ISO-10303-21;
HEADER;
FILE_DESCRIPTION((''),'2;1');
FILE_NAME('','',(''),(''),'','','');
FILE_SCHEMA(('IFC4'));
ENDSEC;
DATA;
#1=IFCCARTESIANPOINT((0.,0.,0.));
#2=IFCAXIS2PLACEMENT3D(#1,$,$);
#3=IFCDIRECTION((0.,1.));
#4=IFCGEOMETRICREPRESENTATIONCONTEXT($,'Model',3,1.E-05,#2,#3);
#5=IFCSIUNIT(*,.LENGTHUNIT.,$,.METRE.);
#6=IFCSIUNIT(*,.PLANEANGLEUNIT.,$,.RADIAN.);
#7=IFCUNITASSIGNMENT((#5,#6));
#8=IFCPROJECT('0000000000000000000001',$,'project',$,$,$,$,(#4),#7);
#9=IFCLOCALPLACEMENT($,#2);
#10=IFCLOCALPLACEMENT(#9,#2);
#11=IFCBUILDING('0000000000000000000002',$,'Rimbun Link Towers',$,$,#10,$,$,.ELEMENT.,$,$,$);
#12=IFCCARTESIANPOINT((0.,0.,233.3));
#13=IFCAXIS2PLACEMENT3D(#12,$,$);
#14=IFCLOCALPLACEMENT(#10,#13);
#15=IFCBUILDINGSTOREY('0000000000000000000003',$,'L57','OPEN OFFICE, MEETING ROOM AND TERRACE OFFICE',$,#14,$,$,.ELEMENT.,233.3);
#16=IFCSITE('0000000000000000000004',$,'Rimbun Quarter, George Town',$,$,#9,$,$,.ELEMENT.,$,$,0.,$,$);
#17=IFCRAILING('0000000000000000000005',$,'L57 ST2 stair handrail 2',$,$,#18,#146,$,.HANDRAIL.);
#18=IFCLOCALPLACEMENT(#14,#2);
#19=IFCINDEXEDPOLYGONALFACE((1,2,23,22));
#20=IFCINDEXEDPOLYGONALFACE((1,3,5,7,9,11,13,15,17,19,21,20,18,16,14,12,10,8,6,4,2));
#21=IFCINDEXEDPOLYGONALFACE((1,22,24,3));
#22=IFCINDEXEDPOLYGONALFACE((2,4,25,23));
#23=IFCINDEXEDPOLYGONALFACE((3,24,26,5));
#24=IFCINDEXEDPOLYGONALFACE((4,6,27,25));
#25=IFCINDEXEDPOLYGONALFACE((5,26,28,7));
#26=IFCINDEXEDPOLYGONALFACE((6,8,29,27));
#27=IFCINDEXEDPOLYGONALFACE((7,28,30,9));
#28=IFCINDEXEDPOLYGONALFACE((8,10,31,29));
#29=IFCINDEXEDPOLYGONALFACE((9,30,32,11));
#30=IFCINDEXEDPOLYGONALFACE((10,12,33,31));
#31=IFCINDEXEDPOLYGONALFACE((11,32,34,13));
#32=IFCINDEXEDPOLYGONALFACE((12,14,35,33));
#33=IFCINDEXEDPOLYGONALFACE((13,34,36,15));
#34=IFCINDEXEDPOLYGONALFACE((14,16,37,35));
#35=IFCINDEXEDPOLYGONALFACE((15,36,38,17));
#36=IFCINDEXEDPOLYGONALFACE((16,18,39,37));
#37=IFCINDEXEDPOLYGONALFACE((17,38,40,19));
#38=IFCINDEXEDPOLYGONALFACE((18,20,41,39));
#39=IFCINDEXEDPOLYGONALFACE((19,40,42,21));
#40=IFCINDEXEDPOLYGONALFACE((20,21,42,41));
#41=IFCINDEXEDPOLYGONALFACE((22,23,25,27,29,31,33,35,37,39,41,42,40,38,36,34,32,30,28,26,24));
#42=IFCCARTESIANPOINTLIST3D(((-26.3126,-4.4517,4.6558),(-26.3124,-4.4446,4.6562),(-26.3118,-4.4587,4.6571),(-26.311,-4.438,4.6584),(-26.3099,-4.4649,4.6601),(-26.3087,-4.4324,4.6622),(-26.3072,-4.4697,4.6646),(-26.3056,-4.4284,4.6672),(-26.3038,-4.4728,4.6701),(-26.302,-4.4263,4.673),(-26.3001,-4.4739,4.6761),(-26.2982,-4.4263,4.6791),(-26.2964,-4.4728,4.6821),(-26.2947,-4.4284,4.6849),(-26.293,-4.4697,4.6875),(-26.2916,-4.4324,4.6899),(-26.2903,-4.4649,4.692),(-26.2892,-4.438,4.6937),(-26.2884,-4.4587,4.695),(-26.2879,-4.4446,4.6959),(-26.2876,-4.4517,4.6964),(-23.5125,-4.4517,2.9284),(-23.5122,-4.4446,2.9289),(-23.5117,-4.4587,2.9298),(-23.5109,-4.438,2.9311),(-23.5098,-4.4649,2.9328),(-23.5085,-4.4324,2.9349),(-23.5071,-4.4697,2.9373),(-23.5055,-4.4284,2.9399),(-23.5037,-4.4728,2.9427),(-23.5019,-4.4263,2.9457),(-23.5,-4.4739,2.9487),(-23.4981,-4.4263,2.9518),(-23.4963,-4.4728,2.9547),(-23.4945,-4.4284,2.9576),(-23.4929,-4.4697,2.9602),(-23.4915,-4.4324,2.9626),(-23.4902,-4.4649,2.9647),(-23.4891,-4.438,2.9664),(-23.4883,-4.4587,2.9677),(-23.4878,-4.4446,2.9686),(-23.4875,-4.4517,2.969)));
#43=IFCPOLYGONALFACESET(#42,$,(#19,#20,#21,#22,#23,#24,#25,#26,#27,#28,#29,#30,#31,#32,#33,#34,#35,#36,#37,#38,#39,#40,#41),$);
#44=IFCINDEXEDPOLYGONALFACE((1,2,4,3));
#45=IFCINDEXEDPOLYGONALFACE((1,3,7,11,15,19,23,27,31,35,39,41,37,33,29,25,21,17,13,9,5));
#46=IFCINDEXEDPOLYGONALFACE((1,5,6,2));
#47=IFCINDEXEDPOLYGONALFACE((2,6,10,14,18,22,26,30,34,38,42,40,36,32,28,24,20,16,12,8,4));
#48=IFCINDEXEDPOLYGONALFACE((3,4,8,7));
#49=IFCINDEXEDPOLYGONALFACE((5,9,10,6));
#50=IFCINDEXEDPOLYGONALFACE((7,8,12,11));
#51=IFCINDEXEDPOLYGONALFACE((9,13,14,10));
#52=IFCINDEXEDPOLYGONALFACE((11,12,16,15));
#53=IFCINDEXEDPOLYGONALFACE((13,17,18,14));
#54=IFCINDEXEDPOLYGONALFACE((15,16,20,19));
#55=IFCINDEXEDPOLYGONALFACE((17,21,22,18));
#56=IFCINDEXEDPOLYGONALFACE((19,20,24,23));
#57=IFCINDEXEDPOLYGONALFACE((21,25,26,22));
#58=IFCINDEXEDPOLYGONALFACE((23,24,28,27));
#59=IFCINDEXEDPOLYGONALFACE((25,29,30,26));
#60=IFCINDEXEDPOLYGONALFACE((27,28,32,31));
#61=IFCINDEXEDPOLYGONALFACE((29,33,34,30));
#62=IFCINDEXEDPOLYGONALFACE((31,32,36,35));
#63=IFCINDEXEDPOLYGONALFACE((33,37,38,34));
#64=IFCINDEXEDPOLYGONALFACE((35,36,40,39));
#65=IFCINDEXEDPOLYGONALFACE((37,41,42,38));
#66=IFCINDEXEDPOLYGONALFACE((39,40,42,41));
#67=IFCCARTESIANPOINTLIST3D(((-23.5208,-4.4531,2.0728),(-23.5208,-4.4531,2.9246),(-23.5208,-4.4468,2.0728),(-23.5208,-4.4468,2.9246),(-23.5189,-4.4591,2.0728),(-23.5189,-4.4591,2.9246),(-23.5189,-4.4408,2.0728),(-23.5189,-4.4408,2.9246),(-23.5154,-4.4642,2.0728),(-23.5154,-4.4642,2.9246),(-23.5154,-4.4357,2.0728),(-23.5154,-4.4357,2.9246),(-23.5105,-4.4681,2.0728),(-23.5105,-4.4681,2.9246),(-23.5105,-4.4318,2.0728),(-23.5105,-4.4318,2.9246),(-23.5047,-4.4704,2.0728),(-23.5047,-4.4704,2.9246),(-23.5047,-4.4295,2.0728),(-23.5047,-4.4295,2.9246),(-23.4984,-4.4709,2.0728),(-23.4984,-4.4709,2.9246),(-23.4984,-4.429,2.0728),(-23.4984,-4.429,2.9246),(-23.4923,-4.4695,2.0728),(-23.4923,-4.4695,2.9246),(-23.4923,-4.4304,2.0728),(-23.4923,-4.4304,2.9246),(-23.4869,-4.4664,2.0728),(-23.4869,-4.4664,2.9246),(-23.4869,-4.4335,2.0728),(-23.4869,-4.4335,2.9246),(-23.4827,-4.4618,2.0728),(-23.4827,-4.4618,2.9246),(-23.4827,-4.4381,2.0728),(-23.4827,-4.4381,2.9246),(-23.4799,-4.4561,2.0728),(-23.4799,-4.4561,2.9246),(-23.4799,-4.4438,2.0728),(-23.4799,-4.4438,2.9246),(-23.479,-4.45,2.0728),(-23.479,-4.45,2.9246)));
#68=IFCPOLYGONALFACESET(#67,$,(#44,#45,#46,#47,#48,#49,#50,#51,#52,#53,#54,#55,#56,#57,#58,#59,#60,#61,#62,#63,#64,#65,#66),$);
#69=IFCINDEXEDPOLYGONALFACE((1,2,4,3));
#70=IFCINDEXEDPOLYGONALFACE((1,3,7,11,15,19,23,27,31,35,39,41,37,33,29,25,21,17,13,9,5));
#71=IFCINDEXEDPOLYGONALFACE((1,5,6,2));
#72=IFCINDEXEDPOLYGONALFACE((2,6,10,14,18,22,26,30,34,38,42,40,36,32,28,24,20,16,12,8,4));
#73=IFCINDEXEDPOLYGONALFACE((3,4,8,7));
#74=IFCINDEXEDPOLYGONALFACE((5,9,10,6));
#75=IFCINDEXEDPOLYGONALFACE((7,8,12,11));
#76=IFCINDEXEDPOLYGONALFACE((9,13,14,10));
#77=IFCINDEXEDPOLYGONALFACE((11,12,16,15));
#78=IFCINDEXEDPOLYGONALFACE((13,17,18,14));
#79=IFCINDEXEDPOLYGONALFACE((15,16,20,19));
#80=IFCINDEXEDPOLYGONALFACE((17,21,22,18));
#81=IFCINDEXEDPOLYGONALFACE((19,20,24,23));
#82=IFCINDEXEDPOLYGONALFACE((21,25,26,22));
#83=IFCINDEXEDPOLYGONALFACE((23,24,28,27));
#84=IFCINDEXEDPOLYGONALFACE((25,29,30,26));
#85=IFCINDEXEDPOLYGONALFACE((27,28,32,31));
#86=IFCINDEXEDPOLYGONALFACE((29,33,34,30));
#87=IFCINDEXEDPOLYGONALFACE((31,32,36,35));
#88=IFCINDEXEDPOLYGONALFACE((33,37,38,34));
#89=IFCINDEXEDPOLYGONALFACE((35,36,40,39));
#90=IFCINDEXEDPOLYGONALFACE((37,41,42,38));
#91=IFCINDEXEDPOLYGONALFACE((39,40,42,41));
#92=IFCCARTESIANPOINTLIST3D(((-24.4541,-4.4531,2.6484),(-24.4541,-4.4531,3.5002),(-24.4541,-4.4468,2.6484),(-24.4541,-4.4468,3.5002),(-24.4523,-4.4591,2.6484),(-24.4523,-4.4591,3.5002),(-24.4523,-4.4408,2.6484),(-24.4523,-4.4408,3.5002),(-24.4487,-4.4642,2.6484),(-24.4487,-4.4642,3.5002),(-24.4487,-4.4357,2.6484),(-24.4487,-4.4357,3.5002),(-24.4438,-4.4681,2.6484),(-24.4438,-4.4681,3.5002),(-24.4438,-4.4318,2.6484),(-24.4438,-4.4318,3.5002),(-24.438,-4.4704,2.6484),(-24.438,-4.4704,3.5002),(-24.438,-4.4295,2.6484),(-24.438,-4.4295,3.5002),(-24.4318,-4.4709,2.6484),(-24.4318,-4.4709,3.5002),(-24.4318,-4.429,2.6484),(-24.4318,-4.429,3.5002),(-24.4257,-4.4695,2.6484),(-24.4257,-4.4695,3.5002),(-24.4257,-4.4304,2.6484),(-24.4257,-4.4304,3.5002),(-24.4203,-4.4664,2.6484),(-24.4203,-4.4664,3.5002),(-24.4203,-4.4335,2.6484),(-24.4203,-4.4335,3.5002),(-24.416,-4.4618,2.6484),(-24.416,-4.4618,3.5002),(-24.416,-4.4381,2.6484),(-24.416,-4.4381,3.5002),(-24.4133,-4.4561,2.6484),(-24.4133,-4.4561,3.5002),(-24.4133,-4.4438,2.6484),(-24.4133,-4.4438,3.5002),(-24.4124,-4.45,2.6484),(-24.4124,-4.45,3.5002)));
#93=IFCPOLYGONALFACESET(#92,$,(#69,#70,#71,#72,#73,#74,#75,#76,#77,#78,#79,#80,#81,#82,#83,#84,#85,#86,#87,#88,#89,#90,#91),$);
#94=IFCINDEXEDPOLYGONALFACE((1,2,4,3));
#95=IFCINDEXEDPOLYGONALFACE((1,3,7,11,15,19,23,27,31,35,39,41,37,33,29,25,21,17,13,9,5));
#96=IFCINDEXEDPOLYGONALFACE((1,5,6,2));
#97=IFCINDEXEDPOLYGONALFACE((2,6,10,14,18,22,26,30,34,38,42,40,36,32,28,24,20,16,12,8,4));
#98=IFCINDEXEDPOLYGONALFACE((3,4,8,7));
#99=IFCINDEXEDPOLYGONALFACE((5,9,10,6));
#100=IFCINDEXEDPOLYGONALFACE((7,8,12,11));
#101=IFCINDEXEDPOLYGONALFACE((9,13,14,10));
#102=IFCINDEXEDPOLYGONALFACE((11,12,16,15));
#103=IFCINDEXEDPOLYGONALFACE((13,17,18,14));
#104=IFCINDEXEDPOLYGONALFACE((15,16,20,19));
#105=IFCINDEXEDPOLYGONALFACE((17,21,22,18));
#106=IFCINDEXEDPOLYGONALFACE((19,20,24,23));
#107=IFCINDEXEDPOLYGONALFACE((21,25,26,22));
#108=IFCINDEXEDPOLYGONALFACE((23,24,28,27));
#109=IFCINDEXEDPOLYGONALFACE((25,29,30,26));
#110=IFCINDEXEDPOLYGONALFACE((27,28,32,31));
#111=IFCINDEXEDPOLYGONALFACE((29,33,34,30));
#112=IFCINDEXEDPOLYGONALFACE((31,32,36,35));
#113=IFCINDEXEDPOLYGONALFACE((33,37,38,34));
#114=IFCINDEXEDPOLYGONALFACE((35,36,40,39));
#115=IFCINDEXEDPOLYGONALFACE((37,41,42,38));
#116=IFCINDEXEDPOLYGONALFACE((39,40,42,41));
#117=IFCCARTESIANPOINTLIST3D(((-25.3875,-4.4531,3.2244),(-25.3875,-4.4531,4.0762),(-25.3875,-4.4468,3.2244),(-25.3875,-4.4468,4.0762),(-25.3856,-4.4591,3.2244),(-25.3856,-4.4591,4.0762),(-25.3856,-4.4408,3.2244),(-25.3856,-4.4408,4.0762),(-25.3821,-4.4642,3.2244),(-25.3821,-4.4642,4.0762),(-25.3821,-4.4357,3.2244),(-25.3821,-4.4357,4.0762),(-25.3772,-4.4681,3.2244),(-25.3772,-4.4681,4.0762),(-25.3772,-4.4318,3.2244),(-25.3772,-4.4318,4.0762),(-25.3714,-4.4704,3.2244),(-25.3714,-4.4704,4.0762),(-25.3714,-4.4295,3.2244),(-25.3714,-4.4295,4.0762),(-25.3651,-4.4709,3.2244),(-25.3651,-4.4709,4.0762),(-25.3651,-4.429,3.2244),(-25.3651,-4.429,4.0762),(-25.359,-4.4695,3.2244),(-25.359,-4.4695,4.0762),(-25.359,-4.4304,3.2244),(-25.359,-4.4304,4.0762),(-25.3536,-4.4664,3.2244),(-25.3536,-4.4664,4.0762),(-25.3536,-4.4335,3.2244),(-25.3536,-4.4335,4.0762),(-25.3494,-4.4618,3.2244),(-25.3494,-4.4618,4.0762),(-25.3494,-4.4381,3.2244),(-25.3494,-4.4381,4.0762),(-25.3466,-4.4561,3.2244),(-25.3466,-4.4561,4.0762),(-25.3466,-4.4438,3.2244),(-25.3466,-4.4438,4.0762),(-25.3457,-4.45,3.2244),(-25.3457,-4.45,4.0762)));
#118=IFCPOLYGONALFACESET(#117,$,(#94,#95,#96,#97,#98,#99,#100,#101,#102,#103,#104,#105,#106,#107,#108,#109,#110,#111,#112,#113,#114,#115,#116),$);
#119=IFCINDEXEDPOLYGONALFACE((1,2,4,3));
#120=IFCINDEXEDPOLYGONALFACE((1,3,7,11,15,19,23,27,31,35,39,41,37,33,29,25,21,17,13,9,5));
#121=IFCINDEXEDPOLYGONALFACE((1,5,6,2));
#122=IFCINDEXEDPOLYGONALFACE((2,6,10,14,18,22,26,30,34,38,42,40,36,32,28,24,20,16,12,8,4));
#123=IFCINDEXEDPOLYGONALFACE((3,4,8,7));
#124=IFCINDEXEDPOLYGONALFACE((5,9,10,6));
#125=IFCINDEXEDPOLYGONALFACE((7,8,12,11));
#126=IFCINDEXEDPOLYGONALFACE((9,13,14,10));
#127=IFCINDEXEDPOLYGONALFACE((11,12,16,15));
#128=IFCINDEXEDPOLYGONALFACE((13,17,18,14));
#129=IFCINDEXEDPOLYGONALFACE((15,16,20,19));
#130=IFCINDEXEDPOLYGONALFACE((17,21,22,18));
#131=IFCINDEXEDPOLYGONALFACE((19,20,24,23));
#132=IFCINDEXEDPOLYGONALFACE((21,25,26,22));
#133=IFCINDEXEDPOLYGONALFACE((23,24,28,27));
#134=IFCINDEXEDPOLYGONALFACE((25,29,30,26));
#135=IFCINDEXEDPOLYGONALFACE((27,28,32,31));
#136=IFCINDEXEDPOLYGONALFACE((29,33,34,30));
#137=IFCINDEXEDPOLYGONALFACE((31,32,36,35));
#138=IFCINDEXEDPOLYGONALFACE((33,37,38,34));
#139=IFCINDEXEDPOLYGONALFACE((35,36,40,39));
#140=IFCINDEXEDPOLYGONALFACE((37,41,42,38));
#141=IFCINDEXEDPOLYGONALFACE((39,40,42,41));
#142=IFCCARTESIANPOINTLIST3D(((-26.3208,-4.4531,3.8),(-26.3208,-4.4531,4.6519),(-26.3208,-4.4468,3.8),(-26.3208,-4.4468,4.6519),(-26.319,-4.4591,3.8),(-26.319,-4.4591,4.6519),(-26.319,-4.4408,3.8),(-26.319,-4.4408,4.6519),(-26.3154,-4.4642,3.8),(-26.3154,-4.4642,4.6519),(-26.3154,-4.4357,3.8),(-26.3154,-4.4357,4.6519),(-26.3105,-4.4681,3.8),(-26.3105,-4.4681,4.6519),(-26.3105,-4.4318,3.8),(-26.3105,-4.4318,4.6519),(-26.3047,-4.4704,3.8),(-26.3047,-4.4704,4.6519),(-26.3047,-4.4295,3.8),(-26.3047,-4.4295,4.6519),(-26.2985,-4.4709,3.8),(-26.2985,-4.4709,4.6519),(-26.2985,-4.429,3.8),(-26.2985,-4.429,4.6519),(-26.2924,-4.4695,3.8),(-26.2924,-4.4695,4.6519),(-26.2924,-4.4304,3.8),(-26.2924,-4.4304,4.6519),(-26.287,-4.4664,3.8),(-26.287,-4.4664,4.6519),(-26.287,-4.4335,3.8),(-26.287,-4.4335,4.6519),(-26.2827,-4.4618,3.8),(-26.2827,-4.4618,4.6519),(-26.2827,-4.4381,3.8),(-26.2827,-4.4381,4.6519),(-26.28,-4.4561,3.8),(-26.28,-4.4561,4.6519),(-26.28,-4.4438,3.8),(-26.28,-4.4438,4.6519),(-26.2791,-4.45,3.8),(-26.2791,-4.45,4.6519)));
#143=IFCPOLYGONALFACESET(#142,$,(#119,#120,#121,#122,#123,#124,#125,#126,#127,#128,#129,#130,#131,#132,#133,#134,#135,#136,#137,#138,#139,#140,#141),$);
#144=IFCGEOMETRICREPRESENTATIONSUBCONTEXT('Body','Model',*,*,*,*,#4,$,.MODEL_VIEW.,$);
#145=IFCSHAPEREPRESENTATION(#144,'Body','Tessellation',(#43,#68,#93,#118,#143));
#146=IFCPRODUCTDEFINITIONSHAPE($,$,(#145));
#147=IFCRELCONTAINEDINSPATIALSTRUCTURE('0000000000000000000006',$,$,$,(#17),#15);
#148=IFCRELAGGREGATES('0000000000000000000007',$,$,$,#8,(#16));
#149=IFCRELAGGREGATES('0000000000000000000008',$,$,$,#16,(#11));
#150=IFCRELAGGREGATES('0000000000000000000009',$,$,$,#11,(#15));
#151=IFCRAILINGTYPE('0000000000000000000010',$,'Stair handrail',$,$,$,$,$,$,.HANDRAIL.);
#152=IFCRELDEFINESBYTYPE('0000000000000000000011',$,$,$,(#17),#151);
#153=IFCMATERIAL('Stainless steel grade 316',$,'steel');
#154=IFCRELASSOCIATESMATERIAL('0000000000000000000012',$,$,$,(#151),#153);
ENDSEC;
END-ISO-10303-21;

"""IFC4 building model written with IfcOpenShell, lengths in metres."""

from ifc_helpers import new_model, si_unit, direction, frame, origin, origin_2d, place, context, subcontext, project, spatial, circle, extrude, material, type_object, element, save


model = new_model("IFC4")

# Units and contexts
model_context = context("Model", 3, precision=1e-05, world=origin(), true_north=direction((0.0, 1.0)))
body_context = subcontext(model_context, "Body", "Model", "MODEL_VIEW")
ifc_project = project(units=[si_unit("LENGTHUNIT", "METRE"), si_unit("PLANEANGLEUNIT", "RADIAN")], contexts=[model_context])

# Site, building, storey
site_placement = place(None, origin())
site = spatial("IfcSite", under=ifc_project, at=site_placement, Name="Rimbun Quarter, George Town", CompositionType="ELEMENT", RefElevation=0.0)
building_placement = place(site_placement, origin())
building = spatial("IfcBuilding", under=site, at=building_placement, Name="Rimbun Link Towers", CompositionType="ELEMENT")
storey_placement = place(building_placement, frame((0.0, 0.0, 233.3)))
storey = spatial("IfcBuildingStorey", under=building, at=storey_placement, Name="L57", Description="OPEN OFFICE, MEETING ROOM AND TERRACE OFFICE", CompositionType="ELEMENT", Elevation=233.3)

# Railing
ifc_material_1 = material(Name="Stainless steel grade 316", Category="steel")
railing_type_1 = type_object("IfcRailingType", Name="Stair handrail", PredefinedType="HANDRAIL", material=ifc_material_1)
railing_1_placement = place(storey_placement, frame((-23.5, -4.45, 2.0728)))
element("IfcRailing", 1, at=railing_1_placement, inside=storey, type_object=railing_type_1, Name="L57 ST2 stair handrail 2", PredefinedType="HANDRAIL", context=body_context, shape_type="SweptSolid", body=[
    extrude(circle(Radius=0.0239, at=origin_2d()), frame((0.0, 0.0, 0.876), z_axis=(-0.85109, 0.0, 0.52502), x_axis=(0.0, -1.0, 0.0)), (0.0, 0.0, 1.0), 3.29),
    extrude(circle(Radius=0.021, at=origin_2d()), origin(), (0.0, 0.0, 1.0), 0.8518),
    extrude(circle(Radius=0.021, at=origin_2d()), frame((-0.9333, 0.0, 0.5757)), (0.0, 0.0, 1.0), 0.8518),
    extrude(circle(Radius=0.021, at=origin_2d()), frame((-1.8667, 0.0, 1.1516)), (0.0, 0.0, 1.0), 0.8518),
    extrude(circle(Radius=0.021, at=origin_2d()), frame((-2.8, 0.0, 1.7273)), (0.0, 0.0, 1.0), 0.8518),
])

save(model, "model.ifc")
